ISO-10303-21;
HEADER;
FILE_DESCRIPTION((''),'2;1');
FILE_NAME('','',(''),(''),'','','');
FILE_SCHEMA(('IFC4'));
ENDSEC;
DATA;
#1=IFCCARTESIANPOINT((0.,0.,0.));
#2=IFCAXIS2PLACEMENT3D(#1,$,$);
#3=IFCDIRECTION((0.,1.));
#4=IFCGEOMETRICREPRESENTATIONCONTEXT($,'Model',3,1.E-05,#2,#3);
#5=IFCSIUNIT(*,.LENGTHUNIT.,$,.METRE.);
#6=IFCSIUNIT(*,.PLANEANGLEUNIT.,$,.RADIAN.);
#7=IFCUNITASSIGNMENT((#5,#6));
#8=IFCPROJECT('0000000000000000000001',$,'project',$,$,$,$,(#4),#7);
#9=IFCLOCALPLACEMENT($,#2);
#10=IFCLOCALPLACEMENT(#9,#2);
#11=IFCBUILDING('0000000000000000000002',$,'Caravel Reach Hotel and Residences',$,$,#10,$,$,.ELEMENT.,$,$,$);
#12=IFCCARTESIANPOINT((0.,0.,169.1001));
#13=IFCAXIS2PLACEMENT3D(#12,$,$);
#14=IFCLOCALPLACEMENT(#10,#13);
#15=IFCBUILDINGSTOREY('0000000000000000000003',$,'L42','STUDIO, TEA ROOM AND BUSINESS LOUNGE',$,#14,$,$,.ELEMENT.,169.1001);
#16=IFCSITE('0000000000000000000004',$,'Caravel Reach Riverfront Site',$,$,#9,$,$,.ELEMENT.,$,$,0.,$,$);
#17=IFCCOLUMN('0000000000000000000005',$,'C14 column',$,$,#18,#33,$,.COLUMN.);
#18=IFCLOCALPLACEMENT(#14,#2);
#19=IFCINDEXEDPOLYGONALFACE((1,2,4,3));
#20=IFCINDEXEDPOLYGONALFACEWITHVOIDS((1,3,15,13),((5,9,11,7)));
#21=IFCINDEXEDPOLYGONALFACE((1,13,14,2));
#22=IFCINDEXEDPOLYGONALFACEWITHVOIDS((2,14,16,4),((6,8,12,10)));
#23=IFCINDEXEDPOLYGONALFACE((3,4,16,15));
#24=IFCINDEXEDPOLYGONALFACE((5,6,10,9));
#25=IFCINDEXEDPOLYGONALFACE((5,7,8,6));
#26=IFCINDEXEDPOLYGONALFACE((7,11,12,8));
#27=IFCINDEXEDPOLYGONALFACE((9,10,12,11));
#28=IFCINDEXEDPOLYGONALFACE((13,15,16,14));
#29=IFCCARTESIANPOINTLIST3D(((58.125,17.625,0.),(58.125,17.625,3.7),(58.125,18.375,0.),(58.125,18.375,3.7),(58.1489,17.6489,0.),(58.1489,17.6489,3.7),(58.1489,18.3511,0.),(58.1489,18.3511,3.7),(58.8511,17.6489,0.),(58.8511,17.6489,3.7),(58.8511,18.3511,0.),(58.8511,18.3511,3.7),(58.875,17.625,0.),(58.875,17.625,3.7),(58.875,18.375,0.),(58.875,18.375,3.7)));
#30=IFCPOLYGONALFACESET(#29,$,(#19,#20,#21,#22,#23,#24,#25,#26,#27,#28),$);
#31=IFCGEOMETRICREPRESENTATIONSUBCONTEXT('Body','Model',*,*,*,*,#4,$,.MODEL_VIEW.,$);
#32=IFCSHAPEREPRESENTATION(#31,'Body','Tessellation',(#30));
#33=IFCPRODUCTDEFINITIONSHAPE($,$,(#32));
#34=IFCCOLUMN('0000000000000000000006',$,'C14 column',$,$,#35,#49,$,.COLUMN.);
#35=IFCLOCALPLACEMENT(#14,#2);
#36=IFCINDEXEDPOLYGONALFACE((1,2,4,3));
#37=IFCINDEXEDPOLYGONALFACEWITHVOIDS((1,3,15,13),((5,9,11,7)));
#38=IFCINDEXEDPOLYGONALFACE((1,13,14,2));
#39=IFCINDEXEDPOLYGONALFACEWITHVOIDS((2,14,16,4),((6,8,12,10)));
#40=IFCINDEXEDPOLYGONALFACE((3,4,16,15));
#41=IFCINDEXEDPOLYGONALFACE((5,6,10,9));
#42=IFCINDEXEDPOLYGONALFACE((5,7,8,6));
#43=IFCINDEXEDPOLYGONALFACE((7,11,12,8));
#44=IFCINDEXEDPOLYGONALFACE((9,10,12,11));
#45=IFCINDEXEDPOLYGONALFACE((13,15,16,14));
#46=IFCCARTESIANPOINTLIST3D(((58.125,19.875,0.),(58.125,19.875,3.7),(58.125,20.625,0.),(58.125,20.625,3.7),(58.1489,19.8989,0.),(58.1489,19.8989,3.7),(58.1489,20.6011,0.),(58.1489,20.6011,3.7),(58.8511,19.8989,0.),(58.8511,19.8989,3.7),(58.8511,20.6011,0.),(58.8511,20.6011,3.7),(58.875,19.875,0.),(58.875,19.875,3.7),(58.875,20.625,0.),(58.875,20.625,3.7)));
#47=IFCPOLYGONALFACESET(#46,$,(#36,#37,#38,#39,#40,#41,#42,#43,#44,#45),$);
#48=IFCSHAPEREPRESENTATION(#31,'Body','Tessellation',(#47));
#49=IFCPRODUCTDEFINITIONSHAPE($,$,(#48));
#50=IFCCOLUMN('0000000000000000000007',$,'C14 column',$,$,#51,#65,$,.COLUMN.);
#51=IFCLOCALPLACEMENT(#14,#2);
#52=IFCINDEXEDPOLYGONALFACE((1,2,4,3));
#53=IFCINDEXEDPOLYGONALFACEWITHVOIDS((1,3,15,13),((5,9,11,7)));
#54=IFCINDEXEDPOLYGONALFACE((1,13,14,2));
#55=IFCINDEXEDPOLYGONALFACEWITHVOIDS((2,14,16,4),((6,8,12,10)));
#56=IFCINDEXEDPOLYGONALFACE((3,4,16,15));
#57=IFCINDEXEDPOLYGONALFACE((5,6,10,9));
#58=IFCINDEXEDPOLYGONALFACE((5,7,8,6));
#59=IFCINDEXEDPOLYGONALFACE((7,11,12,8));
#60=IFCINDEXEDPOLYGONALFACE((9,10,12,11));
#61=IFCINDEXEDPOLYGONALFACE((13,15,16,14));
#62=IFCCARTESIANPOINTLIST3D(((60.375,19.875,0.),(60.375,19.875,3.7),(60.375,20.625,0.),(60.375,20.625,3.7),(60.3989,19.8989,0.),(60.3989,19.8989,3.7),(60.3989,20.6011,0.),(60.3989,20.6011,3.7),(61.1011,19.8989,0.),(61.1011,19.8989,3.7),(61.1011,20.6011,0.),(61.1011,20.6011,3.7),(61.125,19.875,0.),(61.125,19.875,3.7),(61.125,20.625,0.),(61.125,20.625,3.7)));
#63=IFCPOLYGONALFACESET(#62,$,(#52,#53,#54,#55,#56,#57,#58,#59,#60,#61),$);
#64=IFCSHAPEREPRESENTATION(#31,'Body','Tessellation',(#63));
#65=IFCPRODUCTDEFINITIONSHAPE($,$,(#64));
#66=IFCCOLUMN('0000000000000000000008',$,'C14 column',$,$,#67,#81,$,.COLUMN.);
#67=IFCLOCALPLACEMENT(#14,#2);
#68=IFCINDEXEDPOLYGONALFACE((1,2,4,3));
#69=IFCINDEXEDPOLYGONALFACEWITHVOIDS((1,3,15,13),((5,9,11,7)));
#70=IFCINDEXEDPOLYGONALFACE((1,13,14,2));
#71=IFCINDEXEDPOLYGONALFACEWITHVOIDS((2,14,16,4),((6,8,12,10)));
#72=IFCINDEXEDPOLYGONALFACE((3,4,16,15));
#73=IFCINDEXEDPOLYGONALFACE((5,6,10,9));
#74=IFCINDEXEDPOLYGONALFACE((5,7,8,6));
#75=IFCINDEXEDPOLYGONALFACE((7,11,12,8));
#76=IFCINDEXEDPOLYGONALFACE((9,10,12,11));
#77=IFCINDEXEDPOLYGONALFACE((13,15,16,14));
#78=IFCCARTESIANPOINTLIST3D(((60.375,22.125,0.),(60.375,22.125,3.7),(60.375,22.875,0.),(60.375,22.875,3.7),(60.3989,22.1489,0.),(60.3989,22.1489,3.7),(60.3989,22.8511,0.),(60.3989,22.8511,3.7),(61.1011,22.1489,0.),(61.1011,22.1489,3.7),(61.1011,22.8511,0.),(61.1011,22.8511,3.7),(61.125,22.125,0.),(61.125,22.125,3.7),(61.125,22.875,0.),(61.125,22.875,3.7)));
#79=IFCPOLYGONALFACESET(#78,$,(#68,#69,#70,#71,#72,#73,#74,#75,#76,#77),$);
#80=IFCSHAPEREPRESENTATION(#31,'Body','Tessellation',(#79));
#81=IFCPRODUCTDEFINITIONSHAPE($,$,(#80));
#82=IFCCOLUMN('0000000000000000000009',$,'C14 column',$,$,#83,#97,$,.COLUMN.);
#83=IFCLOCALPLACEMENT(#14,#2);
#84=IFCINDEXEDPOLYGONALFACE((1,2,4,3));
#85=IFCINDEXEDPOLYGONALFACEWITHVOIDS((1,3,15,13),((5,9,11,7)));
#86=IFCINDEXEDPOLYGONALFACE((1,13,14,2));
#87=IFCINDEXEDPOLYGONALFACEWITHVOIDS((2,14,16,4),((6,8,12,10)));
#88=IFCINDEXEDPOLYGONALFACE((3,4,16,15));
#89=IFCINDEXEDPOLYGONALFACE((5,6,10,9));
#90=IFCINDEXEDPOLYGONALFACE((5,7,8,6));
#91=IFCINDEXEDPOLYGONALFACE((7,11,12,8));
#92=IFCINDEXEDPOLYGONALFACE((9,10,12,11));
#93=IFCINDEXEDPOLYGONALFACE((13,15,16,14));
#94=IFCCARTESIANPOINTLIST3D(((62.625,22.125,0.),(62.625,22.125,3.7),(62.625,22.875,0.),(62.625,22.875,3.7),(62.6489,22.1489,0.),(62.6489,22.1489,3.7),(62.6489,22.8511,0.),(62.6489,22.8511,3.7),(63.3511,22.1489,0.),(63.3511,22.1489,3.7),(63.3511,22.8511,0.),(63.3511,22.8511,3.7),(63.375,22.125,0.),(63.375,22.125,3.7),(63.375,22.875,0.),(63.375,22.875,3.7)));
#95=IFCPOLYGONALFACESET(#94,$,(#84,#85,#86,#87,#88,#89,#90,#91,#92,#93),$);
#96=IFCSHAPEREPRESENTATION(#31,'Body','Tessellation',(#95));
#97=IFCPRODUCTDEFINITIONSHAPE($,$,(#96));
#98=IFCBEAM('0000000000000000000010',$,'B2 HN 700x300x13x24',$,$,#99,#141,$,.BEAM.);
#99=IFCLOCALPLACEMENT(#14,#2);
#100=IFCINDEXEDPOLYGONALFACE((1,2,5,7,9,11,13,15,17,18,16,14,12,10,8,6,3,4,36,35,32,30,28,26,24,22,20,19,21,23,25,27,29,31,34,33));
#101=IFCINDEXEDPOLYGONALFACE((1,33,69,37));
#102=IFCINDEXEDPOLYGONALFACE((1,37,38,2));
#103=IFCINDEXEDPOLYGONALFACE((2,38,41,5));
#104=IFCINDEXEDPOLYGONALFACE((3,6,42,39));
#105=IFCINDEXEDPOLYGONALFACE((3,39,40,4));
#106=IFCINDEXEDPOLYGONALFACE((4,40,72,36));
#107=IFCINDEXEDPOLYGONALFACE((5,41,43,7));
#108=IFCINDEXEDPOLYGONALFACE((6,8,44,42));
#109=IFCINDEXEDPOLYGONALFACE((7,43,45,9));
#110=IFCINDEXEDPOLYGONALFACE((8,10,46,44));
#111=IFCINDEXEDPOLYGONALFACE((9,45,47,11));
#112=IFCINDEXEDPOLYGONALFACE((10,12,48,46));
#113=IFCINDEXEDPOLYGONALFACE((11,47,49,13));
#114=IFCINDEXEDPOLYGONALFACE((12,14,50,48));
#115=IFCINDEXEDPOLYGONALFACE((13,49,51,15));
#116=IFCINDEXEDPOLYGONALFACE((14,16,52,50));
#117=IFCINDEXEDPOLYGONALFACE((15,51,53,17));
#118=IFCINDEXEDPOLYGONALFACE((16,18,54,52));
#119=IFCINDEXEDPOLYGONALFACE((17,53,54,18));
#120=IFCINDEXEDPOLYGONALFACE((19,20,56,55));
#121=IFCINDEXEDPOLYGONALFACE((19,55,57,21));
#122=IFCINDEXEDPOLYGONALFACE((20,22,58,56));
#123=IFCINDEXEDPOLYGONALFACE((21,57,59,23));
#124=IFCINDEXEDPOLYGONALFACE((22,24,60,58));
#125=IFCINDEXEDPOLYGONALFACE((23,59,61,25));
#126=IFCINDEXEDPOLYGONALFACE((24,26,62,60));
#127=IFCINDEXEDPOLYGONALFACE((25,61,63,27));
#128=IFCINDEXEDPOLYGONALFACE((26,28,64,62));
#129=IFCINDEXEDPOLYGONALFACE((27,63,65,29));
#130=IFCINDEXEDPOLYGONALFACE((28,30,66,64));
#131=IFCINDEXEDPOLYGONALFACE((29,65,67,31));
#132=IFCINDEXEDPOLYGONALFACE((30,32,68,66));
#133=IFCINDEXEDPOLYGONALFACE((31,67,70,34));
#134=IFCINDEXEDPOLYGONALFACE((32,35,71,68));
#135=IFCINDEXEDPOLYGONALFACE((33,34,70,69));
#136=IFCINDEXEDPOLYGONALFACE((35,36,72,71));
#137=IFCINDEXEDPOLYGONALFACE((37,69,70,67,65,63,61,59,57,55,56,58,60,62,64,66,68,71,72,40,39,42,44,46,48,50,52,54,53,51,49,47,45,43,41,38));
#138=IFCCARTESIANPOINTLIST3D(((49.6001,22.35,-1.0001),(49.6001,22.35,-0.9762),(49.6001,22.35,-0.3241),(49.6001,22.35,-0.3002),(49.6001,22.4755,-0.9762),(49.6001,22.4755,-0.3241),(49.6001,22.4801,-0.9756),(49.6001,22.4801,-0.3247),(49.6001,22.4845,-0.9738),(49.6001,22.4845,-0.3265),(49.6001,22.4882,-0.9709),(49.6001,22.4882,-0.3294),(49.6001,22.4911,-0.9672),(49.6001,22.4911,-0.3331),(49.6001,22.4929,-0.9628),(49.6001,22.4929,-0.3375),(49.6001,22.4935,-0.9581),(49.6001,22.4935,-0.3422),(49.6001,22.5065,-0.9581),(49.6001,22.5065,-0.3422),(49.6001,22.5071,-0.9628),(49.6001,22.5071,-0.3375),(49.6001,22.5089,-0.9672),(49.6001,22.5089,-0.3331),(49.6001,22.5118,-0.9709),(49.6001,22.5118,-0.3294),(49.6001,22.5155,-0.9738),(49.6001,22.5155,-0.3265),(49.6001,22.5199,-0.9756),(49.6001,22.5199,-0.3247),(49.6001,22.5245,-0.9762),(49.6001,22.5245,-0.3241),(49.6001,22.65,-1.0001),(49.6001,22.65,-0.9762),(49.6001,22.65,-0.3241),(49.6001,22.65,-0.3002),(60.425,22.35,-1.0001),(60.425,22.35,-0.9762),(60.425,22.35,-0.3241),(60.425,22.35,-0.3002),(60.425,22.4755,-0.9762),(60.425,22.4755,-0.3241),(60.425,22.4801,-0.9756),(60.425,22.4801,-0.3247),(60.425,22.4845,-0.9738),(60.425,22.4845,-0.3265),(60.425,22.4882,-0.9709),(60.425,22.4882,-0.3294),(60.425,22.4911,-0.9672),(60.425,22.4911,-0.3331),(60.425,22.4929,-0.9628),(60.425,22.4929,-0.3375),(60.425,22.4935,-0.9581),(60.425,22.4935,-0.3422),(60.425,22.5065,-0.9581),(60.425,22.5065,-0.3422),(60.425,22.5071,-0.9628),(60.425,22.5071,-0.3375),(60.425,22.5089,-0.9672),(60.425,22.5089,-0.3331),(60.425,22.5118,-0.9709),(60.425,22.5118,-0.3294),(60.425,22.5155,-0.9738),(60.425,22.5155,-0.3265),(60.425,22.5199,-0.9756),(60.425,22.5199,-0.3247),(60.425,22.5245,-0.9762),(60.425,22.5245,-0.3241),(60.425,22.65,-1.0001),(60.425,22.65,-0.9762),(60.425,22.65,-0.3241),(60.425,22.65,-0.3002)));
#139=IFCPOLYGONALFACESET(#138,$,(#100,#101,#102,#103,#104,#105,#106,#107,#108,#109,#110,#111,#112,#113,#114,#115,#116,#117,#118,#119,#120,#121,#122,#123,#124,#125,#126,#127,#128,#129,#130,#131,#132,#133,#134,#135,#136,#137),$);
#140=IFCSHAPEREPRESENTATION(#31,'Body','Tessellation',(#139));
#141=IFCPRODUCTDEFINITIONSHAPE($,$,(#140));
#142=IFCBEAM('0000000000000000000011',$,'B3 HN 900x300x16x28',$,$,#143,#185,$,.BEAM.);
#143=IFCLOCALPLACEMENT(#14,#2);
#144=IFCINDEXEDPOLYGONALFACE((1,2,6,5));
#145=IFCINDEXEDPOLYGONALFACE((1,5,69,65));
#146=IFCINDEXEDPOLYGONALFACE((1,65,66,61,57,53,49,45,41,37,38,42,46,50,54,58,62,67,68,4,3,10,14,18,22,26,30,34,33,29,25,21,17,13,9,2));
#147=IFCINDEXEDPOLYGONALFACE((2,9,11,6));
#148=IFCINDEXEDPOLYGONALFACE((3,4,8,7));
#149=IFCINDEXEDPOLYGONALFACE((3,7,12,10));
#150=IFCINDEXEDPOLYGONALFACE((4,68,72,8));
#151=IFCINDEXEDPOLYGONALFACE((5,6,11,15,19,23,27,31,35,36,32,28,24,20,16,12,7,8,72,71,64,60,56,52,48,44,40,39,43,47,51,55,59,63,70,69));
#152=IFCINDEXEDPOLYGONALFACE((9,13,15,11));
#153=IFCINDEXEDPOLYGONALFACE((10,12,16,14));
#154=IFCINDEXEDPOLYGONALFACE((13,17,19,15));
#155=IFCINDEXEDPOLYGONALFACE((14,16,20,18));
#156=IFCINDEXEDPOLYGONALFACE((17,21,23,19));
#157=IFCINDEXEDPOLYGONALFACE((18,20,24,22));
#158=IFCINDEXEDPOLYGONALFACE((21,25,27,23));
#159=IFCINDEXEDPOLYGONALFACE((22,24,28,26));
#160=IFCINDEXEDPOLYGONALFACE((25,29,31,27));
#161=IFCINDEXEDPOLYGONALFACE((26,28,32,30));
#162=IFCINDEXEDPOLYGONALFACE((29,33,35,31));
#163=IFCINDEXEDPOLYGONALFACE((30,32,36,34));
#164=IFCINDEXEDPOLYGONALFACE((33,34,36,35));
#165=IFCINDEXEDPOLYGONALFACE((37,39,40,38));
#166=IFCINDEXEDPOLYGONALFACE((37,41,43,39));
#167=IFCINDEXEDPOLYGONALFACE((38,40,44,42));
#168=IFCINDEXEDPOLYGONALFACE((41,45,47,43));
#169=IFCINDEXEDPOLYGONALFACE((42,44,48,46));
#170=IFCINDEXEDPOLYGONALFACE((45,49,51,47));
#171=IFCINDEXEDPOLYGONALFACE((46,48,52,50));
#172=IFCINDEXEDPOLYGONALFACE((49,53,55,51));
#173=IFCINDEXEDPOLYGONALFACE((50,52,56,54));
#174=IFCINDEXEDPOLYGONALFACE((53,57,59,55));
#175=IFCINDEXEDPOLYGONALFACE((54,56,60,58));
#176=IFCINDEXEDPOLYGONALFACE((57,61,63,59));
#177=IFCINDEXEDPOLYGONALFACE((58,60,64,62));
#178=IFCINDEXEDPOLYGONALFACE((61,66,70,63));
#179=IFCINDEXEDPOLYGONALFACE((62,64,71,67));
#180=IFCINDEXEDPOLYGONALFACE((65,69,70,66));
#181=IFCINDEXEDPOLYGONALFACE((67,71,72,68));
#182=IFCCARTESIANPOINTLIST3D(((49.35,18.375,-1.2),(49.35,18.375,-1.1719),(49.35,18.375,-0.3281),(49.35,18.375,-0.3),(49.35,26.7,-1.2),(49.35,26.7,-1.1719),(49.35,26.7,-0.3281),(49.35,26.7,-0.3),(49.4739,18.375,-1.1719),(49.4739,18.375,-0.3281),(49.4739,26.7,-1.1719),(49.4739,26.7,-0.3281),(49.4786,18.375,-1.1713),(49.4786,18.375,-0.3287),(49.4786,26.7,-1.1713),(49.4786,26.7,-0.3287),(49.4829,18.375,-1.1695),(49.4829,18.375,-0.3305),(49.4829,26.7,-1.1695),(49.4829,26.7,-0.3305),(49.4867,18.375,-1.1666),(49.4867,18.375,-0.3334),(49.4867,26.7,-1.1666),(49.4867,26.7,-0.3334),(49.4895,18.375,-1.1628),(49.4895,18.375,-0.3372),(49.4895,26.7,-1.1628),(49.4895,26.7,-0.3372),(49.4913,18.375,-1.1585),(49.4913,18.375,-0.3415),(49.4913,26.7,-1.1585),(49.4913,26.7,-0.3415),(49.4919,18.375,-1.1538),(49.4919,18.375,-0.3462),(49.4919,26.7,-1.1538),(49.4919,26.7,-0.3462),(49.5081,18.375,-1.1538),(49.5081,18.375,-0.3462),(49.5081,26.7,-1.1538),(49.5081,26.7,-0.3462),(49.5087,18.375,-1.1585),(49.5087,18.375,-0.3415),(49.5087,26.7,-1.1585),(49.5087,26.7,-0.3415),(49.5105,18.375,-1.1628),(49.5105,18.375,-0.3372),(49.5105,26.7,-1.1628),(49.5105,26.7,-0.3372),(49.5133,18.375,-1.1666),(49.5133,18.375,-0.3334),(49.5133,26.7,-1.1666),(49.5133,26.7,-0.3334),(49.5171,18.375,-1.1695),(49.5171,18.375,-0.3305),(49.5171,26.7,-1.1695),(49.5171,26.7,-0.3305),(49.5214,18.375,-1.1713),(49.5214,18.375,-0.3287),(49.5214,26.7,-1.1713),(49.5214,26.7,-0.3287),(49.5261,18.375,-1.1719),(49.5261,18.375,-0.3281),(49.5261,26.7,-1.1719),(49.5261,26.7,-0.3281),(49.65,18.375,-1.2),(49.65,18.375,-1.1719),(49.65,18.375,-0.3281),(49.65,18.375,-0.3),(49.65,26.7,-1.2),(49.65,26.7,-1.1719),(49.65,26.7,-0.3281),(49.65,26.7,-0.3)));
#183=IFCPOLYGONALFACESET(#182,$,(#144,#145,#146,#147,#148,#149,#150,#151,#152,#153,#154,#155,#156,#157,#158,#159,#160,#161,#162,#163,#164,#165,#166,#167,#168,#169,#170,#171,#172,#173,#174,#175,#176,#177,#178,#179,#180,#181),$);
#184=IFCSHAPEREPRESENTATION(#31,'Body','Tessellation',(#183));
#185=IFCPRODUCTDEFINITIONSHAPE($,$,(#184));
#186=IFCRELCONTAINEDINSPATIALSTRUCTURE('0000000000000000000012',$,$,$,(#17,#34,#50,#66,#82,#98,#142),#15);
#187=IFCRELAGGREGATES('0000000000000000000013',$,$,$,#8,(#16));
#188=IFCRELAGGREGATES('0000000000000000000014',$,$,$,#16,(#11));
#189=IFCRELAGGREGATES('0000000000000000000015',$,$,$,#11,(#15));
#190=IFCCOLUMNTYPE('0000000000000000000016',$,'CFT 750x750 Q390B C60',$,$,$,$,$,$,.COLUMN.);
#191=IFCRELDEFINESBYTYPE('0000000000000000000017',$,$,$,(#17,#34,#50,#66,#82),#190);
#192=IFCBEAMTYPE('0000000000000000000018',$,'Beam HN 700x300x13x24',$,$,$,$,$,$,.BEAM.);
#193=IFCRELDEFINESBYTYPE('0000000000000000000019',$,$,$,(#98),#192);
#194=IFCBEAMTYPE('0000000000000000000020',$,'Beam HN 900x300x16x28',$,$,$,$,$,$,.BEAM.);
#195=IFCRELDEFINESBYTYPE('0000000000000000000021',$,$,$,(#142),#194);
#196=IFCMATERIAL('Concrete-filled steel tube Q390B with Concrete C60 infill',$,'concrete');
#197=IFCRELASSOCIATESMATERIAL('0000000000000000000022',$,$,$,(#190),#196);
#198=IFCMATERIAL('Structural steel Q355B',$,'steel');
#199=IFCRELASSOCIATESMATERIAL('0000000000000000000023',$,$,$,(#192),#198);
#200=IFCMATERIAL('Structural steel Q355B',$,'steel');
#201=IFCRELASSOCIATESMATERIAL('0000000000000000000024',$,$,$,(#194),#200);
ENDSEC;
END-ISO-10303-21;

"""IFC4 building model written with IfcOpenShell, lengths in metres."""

from ifc_helpers import new_model, si_unit, direction, frame, origin, origin_2d, place, context, subcontext, project, spatial, hollow_rectangle, i_section, extrude, material, material_profile, profile_set, type_object, element, save


model = new_model("IFC4")

# Units and contexts
model_context = context("Model", 3, precision=1e-05, world=origin(), true_north=direction((0.0, 1.0)))
body_context = subcontext(model_context, "Body", "Model", "MODEL_VIEW")
ifc_project = project(units=[si_unit("LENGTHUNIT", "METRE"), si_unit("PLANEANGLEUNIT", "RADIAN")], contexts=[model_context])

# Site, building, storey
site_placement = place(None, origin())
site = spatial("IfcSite", under=ifc_project, at=site_placement, Name="Caravel Reach Riverfront Site", CompositionType="ELEMENT", RefElevation=0.0)
building_placement = place(site_placement, origin())
building = spatial("IfcBuilding", under=site, at=building_placement, Name="Caravel Reach Hotel and Residences", CompositionType="ELEMENT")
storey_placement = place(building_placement, frame((0.0, 0.0, 169.1001)))
storey = spatial("IfcBuildingStorey", under=building, at=storey_placement, Name="L42", Description="STUDIO, TEA ROOM AND BUSINESS LOUNGE", CompositionType="ELEMENT", Elevation=169.1001)

# Columns
ifc_material_1 = material(Name="Concrete-filled steel tube Q390B with Concrete C60 infill", Category="concrete")
ifc_material_profile_1 = material_profile(ifc_material_1, hollow_rectangle(XDim=0.75, YDim=0.75, WallThickness=0.0239, at=origin_2d()), Name="RHS 750x750x24")
ifc_profile_set_1 = profile_set([ifc_material_profile_1], Name="Concrete-filled steel tube Q390B with Concrete C60 infill")
column_type = type_object("IfcColumnType", Name="CFT 750x750 Q390B C60", PredefinedType="COLUMN", material=ifc_profile_set_1)
for number, where, z_axis, x_axis, name in (
    (1, (58.5, 18.0, 0.0), (0.0, 0.0, 1.0), (1.0, 0.0, 0.0), "C14 column"),
    (2, (58.5, 20.25, 0.0), (0.0, 0.0, 1.0), (1.0, 0.0, 0.0), "C14 column"),
    (3, (60.75, 20.25, 0.0), (0.0, 0.0, 1.0), (1.0, 0.0, 0.0), "C14 column"),
    (4, (60.75, 22.5, 0.0), (0.0, 0.0, 1.0), (1.0, 0.0, 0.0), "C14 column"),
    (5, (63.0, 22.5, 0.0), (0.0, 0.0, 1.0), (1.0, 0.0, 0.0), "C14 column"),
):
    element("IfcColumn", number, at=place(storey_placement, frame(where, z_axis=z_axis, x_axis=x_axis)), inside=storey, type_object=column_type, Name=name, PredefinedType="COLUMN", context=body_context, shape_type="SweptSolid", body=[
        extrude(hollow_rectangle(XDim=0.75, YDim=0.75, WallThickness=0.0239, at=origin_2d()), origin(), (0.0, 0.0, 1.0), 3.7),
    ])

# Beams
ifc_material_2 = material(Name="Structural steel Q355B", Category="steel")
ifc_material_profile_2 = material_profile(ifc_material_2, i_section(OverallWidth=0.3, OverallDepth=0.7, WebThickness=0.0129, FlangeThickness=0.0239, FilletRadius=0.0181, at=origin_2d()), Name="HN 700x300x13x24")
ifc_profile_set_2 = profile_set([ifc_material_profile_2], Name="Structural steel Q355B")
beam_type_1 = type_object("IfcBeamType", Name="Beam HN 700x300x13x24", PredefinedType="BEAM", material=ifc_profile_set_2)
beam_1_placement = place(storey_placement, frame((49.6001, 22.5, -0.6501), z_axis=(1.0, 0.0, 0.0), x_axis=(0.0, 1.0, 0.0)))
element("IfcBeam", 6, at=beam_1_placement, inside=storey, type_object=beam_type_1, Name="B2 HN 700x300x13x24", PredefinedType="BEAM", context=body_context, shape_type="SweptSolid", body=[
    extrude(i_section(OverallWidth=0.3, OverallDepth=0.7, WebThickness=0.0129, FlangeThickness=0.0239, FilletRadius=0.0181, at=origin_2d()), origin(), (0.0, 0.0, 1.0), 10.825),
])
ifc_material_3 = material(Name="Structural steel Q355B", Category="steel")
ifc_material_profile_3 = material_profile(ifc_material_3, i_section(OverallWidth=0.3, OverallDepth=0.8999, WebThickness=0.0161, FlangeThickness=0.0281, FilletRadius=0.0181, at=origin_2d()), Name="HN 900x300x16x28")
ifc_profile_set_3 = profile_set([ifc_material_profile_3], Name="Structural steel Q355B")
beam_type_2 = type_object("IfcBeamType", Name="Beam HN 900x300x16x28", PredefinedType="BEAM", material=ifc_profile_set_3)
beam_2_placement = place(storey_placement, frame((49.5, 18.375, -0.75), z_axis=(0.0, 1.0, 0.0), x_axis=(-1.0, 0.0, 0.0)))
element("IfcBeam", 7, at=beam_2_placement, inside=storey, type_object=beam_type_2, Name="B3 HN 900x300x16x28", PredefinedType="BEAM", context=body_context, shape_type="SweptSolid", body=[
    extrude(i_section(OverallWidth=0.3, OverallDepth=0.8999, WebThickness=0.0161, FlangeThickness=0.0281, FilletRadius=0.0181, at=origin_2d()), origin(), (0.0, 0.0, 1.0), 8.325),
])

save(model, "model.ifc")
